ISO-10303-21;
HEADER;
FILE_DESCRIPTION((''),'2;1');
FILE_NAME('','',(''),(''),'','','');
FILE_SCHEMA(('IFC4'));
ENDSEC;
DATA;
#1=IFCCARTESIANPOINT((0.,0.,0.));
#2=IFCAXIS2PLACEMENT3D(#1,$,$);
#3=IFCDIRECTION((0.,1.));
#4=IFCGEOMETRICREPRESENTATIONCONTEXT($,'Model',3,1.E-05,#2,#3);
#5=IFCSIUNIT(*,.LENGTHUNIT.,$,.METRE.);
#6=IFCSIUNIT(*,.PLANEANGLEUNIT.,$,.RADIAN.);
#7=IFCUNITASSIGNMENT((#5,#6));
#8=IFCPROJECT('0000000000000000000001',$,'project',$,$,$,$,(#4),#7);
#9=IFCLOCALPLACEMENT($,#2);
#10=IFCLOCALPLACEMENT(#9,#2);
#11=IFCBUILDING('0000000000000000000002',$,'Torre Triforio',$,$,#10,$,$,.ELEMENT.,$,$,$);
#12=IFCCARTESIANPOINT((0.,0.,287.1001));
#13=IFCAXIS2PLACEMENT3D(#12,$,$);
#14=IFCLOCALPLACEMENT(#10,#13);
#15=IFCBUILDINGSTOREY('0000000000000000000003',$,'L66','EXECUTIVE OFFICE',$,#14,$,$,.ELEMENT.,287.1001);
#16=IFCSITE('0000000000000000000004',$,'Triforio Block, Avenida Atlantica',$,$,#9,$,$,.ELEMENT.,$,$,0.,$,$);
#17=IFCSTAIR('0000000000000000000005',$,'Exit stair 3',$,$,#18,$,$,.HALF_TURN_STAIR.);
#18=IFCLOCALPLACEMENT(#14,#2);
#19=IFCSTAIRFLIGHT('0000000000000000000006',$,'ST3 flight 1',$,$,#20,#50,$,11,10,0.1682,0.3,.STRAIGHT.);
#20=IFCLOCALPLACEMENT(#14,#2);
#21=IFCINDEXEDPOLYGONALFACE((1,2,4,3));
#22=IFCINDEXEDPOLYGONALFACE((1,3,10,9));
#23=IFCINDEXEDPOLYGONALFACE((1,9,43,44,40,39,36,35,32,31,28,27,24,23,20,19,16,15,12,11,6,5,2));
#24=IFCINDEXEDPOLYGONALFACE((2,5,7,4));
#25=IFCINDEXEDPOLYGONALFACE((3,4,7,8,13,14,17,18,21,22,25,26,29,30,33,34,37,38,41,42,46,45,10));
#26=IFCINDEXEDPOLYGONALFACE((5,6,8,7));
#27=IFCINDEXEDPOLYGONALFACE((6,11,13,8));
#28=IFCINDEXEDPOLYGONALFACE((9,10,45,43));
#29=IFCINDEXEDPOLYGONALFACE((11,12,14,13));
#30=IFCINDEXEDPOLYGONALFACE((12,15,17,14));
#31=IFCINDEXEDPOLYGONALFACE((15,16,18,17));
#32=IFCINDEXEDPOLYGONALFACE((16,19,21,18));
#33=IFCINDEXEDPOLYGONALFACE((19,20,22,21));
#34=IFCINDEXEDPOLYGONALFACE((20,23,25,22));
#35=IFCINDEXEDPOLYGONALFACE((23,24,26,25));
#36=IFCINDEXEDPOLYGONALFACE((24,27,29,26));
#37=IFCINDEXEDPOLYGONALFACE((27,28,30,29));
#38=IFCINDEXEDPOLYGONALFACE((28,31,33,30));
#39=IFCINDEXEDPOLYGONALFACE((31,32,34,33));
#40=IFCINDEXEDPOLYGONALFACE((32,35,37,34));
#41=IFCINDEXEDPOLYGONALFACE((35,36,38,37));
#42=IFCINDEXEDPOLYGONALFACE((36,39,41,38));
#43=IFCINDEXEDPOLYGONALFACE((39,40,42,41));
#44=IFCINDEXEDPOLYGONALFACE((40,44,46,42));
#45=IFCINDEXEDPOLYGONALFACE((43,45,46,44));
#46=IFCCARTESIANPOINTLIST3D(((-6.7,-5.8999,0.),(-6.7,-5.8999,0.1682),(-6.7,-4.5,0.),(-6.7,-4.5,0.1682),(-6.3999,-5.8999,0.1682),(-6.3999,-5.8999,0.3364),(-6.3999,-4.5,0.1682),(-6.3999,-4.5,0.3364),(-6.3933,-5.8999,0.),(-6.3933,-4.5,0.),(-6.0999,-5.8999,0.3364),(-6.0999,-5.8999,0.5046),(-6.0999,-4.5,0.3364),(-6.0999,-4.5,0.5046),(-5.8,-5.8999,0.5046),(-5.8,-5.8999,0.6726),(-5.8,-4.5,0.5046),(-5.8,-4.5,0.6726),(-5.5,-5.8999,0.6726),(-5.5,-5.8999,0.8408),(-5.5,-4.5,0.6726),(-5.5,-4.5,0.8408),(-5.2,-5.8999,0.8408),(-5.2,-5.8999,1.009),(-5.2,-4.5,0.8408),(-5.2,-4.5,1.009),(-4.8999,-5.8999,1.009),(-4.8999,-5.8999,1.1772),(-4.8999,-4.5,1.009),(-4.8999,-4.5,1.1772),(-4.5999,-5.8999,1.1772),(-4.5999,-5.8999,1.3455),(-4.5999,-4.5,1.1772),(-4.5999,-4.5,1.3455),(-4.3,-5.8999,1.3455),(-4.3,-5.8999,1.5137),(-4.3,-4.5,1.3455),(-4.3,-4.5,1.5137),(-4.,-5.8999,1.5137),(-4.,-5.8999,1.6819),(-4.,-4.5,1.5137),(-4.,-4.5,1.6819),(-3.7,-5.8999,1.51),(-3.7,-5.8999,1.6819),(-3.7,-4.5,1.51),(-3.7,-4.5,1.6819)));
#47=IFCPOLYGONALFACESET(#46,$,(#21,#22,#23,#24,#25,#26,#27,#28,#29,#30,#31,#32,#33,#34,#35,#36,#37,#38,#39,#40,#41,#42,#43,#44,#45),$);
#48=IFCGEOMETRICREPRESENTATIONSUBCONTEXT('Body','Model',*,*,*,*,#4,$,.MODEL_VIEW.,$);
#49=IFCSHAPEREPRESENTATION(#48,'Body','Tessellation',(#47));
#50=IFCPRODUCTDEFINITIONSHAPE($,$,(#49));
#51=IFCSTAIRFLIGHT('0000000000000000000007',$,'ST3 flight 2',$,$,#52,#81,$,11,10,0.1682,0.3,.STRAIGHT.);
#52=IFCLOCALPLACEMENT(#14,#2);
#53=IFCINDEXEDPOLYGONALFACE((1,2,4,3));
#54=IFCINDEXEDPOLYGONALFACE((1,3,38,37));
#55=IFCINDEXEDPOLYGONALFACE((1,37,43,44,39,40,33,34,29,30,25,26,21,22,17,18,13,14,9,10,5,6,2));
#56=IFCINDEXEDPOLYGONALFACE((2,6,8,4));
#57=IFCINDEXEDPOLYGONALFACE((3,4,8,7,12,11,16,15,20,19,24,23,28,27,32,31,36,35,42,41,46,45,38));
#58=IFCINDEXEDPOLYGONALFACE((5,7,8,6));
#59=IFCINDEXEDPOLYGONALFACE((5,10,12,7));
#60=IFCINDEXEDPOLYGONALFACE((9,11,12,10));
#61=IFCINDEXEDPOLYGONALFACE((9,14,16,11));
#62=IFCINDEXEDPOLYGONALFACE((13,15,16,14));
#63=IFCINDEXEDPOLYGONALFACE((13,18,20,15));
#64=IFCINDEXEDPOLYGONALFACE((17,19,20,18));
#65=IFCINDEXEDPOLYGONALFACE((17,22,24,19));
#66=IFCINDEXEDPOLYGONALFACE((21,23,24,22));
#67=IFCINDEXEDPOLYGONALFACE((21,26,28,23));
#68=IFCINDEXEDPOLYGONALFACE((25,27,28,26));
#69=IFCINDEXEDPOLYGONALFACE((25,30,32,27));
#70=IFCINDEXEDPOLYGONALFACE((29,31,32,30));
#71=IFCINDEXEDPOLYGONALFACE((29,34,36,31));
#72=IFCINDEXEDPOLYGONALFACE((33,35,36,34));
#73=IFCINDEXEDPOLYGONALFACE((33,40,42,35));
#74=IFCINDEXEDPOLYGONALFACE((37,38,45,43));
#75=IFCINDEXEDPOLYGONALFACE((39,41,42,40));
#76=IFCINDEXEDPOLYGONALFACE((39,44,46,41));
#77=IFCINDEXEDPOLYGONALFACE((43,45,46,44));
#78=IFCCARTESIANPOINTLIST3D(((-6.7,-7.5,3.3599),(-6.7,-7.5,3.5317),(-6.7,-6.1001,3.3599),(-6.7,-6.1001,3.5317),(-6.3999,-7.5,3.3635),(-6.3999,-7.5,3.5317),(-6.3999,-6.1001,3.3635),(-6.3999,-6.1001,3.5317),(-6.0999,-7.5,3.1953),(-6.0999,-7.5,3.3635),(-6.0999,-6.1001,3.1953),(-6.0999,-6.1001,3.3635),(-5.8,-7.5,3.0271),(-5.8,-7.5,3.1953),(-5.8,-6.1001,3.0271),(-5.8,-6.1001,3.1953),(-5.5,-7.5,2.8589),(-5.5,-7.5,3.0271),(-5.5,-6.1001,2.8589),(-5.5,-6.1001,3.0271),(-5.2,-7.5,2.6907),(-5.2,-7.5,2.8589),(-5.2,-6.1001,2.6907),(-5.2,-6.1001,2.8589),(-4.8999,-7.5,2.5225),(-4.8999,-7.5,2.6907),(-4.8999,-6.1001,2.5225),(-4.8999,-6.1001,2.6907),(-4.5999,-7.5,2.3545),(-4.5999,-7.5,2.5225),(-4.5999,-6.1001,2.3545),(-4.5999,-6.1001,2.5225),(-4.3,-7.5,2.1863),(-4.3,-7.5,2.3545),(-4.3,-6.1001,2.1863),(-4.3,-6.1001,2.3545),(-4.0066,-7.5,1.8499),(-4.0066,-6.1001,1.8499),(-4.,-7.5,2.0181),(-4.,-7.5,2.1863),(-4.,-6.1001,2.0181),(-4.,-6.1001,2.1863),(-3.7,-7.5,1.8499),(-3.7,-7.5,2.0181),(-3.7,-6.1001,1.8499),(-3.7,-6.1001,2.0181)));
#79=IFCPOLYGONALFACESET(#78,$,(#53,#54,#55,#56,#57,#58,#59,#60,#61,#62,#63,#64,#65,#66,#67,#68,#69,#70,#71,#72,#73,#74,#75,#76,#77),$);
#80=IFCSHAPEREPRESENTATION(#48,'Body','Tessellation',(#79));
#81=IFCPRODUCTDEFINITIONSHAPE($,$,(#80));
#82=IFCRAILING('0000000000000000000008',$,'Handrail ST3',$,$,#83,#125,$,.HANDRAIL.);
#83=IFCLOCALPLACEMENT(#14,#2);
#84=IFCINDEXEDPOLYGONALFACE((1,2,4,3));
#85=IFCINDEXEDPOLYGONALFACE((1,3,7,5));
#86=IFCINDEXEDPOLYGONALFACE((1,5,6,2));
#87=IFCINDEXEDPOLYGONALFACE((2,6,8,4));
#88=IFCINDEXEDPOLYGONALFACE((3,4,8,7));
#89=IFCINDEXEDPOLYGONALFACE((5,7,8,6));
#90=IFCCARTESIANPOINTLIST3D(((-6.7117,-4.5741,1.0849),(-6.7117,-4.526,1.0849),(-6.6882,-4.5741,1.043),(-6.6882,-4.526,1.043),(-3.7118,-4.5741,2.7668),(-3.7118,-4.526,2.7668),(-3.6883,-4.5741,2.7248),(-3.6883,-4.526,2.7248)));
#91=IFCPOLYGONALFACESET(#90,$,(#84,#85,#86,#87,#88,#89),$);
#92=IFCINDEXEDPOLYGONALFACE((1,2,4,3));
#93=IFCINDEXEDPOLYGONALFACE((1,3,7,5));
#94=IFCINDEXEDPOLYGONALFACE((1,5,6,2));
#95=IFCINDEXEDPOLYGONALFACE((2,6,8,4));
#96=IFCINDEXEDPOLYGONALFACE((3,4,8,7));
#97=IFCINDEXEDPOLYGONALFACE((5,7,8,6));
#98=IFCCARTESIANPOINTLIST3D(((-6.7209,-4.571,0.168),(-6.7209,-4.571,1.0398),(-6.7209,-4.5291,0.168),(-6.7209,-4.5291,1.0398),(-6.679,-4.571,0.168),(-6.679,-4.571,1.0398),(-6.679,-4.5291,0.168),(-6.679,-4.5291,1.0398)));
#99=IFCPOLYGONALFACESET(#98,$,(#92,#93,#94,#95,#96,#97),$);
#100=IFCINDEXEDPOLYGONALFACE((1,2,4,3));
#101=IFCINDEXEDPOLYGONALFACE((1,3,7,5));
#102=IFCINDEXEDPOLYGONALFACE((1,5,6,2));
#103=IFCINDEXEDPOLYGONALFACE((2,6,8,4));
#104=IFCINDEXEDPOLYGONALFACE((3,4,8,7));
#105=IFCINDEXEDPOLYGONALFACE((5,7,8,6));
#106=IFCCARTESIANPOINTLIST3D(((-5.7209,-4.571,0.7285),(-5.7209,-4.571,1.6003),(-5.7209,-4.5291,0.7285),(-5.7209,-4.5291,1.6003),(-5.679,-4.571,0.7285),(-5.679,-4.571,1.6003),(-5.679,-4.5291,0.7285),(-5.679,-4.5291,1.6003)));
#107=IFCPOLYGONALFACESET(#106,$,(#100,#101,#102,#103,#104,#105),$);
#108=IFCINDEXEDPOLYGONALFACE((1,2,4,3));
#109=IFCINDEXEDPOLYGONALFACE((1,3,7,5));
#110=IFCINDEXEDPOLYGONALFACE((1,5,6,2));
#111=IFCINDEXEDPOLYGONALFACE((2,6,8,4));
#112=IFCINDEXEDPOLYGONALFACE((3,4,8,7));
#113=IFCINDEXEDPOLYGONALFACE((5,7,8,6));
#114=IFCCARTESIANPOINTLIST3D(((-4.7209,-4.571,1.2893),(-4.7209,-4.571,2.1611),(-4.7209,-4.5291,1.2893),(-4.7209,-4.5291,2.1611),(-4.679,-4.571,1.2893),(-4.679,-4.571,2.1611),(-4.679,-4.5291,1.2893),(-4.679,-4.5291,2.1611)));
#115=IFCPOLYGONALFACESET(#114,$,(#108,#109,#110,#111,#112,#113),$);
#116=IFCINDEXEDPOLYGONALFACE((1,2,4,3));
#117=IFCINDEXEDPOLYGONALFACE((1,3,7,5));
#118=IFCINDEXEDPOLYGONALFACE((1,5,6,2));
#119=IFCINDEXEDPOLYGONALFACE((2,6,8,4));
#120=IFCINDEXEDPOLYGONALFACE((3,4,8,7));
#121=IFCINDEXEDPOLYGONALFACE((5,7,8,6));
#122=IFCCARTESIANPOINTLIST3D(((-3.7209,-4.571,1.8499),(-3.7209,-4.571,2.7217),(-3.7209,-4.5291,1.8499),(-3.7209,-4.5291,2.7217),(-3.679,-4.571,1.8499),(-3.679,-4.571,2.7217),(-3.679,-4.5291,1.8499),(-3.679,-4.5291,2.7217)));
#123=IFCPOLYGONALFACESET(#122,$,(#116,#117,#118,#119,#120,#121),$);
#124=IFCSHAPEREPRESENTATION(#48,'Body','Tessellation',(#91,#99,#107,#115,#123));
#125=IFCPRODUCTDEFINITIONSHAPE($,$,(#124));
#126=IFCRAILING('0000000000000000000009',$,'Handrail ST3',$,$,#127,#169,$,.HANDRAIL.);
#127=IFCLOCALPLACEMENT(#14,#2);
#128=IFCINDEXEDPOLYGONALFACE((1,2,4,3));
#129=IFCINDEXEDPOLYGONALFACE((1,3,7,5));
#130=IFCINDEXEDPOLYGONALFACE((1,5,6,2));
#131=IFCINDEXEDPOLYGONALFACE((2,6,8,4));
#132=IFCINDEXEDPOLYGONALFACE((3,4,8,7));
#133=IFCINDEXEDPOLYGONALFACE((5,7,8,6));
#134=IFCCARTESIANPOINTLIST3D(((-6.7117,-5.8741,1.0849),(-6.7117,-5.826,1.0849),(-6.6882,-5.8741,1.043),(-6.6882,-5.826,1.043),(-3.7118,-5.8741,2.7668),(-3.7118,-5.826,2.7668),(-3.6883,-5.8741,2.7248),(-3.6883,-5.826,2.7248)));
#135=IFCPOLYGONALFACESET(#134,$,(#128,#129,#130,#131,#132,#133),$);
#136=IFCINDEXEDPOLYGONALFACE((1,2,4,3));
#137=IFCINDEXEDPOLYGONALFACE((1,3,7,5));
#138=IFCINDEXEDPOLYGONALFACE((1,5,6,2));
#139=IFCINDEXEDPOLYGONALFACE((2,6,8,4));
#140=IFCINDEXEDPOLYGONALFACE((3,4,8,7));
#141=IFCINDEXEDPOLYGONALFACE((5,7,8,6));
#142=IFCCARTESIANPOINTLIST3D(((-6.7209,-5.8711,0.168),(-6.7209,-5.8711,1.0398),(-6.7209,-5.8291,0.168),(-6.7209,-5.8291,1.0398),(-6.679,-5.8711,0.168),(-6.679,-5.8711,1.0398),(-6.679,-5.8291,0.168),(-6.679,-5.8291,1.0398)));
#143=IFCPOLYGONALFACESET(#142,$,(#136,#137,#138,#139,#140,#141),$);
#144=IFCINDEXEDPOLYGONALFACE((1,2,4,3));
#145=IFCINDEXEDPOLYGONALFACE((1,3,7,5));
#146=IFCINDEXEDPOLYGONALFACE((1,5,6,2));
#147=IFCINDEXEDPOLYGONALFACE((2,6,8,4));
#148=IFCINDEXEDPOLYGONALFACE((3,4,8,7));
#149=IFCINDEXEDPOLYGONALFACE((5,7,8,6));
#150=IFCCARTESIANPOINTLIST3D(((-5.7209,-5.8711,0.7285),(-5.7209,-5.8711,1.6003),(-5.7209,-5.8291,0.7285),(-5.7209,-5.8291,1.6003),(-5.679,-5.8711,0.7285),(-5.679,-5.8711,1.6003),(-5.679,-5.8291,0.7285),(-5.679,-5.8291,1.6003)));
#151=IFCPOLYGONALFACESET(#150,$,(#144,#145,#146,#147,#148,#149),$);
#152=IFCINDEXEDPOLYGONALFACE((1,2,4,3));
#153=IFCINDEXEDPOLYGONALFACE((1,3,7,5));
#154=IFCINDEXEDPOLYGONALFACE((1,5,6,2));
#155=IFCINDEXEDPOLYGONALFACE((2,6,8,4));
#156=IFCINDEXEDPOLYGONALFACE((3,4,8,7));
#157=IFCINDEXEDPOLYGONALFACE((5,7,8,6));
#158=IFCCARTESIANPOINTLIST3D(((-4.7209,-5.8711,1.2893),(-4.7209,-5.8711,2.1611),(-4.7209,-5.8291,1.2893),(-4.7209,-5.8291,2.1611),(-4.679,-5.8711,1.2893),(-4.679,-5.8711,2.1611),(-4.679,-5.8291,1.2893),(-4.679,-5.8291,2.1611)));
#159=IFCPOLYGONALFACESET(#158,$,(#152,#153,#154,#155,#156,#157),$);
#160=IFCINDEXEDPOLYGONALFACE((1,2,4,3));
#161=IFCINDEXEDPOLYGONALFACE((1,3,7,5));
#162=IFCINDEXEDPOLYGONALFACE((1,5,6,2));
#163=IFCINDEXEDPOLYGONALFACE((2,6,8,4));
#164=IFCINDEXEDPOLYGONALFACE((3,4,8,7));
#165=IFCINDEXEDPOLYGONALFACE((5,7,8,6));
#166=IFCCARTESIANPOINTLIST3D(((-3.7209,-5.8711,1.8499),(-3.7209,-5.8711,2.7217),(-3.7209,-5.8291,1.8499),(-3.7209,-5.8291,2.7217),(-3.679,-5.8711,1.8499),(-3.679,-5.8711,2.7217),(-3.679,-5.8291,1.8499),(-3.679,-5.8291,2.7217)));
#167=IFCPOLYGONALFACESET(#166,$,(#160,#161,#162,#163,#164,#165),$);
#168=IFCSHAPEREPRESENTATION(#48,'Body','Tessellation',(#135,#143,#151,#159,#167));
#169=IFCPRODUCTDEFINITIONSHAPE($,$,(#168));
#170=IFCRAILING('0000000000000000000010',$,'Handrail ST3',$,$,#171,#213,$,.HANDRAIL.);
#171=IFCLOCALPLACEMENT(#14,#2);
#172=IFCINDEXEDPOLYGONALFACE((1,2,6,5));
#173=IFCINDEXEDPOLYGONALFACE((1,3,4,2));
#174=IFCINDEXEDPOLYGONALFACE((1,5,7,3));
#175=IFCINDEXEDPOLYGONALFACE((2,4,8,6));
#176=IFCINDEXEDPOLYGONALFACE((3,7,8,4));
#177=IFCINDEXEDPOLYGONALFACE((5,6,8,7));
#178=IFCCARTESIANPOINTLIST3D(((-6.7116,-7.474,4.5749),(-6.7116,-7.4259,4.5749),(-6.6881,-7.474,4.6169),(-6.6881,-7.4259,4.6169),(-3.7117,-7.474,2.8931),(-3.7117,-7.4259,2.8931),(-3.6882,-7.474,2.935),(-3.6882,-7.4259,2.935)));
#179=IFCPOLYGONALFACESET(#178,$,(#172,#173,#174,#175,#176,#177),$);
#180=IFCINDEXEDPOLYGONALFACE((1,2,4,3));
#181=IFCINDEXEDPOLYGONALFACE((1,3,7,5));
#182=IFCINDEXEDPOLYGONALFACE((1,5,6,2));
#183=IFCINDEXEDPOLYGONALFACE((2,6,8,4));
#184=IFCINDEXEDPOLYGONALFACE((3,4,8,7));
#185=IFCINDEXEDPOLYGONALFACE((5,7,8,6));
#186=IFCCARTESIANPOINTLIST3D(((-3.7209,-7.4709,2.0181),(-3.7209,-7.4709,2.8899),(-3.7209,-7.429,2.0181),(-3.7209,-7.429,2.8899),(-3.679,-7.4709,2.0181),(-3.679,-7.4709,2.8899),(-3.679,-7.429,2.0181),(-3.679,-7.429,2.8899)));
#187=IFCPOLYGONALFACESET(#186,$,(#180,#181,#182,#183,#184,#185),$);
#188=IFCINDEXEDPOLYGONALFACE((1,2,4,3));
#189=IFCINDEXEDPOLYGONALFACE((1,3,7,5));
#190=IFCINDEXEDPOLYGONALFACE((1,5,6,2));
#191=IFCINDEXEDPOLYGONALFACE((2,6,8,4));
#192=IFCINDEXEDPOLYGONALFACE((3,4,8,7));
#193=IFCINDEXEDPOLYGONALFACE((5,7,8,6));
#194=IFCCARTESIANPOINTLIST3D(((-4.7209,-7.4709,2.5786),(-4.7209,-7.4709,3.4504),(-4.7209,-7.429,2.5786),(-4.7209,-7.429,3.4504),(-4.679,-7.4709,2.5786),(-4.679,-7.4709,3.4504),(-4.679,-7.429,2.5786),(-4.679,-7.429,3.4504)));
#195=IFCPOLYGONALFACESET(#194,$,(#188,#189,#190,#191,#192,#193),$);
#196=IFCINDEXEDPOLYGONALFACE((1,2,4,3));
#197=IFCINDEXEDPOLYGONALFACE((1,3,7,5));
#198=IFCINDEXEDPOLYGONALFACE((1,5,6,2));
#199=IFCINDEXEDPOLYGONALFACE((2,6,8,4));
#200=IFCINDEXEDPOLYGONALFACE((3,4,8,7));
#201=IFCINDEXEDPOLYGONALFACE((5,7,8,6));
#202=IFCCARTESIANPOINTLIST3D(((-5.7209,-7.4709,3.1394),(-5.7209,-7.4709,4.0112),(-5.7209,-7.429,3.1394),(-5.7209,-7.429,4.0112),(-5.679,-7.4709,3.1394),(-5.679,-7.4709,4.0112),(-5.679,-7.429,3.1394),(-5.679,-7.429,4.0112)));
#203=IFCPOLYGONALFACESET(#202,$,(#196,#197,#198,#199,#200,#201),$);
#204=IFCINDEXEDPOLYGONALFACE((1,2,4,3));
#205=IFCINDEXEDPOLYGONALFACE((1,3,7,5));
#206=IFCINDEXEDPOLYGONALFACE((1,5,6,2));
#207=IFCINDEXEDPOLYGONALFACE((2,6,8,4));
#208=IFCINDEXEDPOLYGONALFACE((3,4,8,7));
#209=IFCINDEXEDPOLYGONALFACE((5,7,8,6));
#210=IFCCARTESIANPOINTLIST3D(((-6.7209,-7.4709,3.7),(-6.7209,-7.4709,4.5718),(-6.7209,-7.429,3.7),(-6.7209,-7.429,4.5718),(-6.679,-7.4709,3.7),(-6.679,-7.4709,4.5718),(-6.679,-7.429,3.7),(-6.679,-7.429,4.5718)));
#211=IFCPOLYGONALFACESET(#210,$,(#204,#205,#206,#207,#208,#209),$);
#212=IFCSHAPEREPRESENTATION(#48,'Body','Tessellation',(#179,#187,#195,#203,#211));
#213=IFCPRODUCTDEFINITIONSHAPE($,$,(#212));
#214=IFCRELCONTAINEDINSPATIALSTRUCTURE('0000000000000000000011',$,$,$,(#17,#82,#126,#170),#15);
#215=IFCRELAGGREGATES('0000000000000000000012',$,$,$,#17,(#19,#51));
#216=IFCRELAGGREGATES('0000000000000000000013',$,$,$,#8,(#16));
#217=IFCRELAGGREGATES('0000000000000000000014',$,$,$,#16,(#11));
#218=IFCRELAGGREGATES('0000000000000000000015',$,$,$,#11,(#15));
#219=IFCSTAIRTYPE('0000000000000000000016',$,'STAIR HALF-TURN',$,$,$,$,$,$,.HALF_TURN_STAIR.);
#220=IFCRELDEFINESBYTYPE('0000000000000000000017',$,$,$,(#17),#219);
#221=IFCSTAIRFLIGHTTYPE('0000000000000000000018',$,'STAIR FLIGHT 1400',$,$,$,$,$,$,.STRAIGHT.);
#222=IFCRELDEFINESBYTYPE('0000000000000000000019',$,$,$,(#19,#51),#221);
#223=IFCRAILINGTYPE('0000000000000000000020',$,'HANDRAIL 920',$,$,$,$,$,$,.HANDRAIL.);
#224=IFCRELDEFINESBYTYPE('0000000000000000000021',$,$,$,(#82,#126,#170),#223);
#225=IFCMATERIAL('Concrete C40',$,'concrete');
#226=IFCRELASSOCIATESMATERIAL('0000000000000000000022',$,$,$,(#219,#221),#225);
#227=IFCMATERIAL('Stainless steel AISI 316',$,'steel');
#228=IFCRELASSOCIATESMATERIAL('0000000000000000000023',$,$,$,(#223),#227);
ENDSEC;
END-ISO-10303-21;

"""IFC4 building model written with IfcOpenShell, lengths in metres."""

from ifc_helpers import new_model, si_unit, direction, frame, origin, origin_2d, place, context, subcontext, project, spatial, polyline, rectangle, outline, extrude, material, type_object, element, aggregate, save


model = new_model("IFC4")

# Units and contexts
model_context = context("Model", 3, precision=1e-05, world=origin(), true_north=direction((0.0, 1.0)))
body_context = subcontext(model_context, "Body", "Model", "MODEL_VIEW")
ifc_project = project(units=[si_unit("LENGTHUNIT", "METRE"), si_unit("PLANEANGLEUNIT", "RADIAN")], contexts=[model_context])

# Site, building, storey
site_placement = place(None, origin())
site = spatial("IfcSite", under=ifc_project, at=site_placement, Name="Triforio Block, Avenida Atlantica", CompositionType="ELEMENT", RefElevation=0.0)
building_placement = place(site_placement, origin())
building = spatial("IfcBuilding", under=site, at=building_placement, Name="Torre Triforio", CompositionType="ELEMENT")
storey_placement = place(building_placement, frame((0.0, 0.0, 287.1001)))
storey = spatial("IfcBuildingStorey", under=building, at=storey_placement, Name="L66", Description="EXECUTIVE OFFICE", CompositionType="ELEMENT", Elevation=287.1001)

# Shared definitions
ifc_material_1 = material(Name="Concrete C40", Category="concrete")

# Stair, stair flights
stair_type = type_object("IfcStairType", Name="STAIR HALF-TURN", PredefinedType="HALF_TURN_STAIR", material=ifc_material_1)
stair_placement = place(storey_placement, origin())
stair = element("IfcStair", 1, at=stair_placement, inside=storey, type_object=stair_type, Name="Exit stair 3", PredefinedType="HALF_TURN_STAIR")
stair_flight_type = type_object("IfcStairFlightType", Name="STAIR FLIGHT 1400", PredefinedType="STRAIGHT", material=ifc_material_1)
stair_flight_1_placement = place(storey_placement, frame((-6.7, -5.2, 0.0), z_axis=(0.0, 0.0, 1.0), x_axis=(1.0, 0.0, 0.0)))
stair_flight_1 = element("IfcStairFlight", 2, at=stair_flight_1_placement, type_object=stair_flight_type, Name="ST3 flight 1", NumberOfRisers=11, NumberOfTreads=10, PredefinedType="STRAIGHT", RiserHeight=0.1682, TreadLength=0.3, context=body_context, shape_type="SweptSolid", body=[
    extrude(outline(polyline([(0.0, 0.0), (0.0, 0.1682), (0.3, 0.1682), (0.3, 0.3364), (0.6001, 0.3364), (0.6001, 0.5046), (0.8999, 0.5046), (0.8999, 0.6726), (1.2, 0.6726), (1.2, 0.8408), (1.5, 0.8408), (1.5, 1.009), (1.8, 1.009), (1.8, 1.1772), (2.1001, 1.1772), (2.1001, 1.3455), (2.3999, 1.3455), (2.3999, 1.5137), (2.7, 1.5137), (2.7, 1.6819), (3.0, 1.6819), (3.0, 1.8501), (3.0, 1.51), (0.3066, 0.0), (0.0, 0.0)])), frame((0.0, 0.7, 0.0), z_axis=(0.0, -1.0, 0.0), x_axis=(1.0, 0.0, 0.0)), (0.0, 0.0, 1.0), 1.3999),
])
stair_flight_2_placement = place(storey_placement, frame((-3.7, -6.8, 1.8499), z_axis=(0.0, 0.0, 1.0), x_axis=(-1.0, 0.0, 0.0)))
stair_flight_2 = element("IfcStairFlight", 3, at=stair_flight_2_placement, type_object=stair_flight_type, Name="ST3 flight 2", NumberOfRisers=11, NumberOfTreads=10, PredefinedType="STRAIGHT", RiserHeight=0.1682, TreadLength=0.3, context=body_context, shape_type="SweptSolid", body=[
    extrude(outline(polyline([(0.0, 0.0), (0.0, 0.1682), (0.3, 0.1682), (0.3, 0.3364), (0.6001, 0.3364), (0.6001, 0.5046), (0.8999, 0.5046), (0.8999, 0.6726), (1.2, 0.6726), (1.2, 0.8408), (1.5, 0.8408), (1.5, 1.009), (1.8, 1.009), (1.8, 1.1772), (2.1001, 1.1772), (2.1001, 1.3455), (2.3999, 1.3455), (2.3999, 1.5137), (2.7, 1.5137), (2.7, 1.6819), (3.0, 1.6819), (3.0, 1.8501), (3.0, 1.51), (0.3066, 0.0), (0.0, 0.0)])), frame((0.0, 0.7, 0.0), z_axis=(0.0, -1.0, 0.0), x_axis=(1.0, 0.0, 0.0)), (0.0, 0.0, 1.0), 1.3999),
])
aggregate(stair, [stair_flight_1, stair_flight_2])

# Railings
ifc_material_2 = material(Name="Stainless steel AISI 316", Category="steel")
railing_type = type_object("IfcRailingType", Name="HANDRAIL 920", PredefinedType="HANDRAIL", material=ifc_material_2)
for number, where, name in (
    (4, (-6.7, -4.55, 0.168), "Handrail ST3"),
    (5, (-6.7, -5.8501, 0.168), "Handrail ST3"),
):
    element("IfcRailing", number, at=place(storey_placement, frame(where)), inside=storey, type_object=railing_type, Name=name, PredefinedType="HANDRAIL", context=body_context, shape_type="SweptSolid", body=[
        extrude(rectangle(XDim=0.0481, YDim=0.0481, at=origin_2d()), frame((0.0, 0.0, 0.896), z_axis=(0.872272, 0.0, 0.48902), x_axis=(0.0, 1.0, 0.0)), (0.0, 0.0, 1.0), 3.4392),
        extrude(rectangle(XDim=0.042, YDim=0.042, at=origin_2d()), origin(), (0.0, 0.0, 1.0), 0.8718),
        extrude(rectangle(XDim=0.042, YDim=0.042, at=origin_2d()), frame((1.0, 0.0, 0.5605)), (0.0, 0.0, 1.0), 0.8718),
        extrude(rectangle(XDim=0.042, YDim=0.042, at=origin_2d()), frame((2.0, 0.0, 1.1213)), (0.0, 0.0, 1.0), 0.8718),
        extrude(rectangle(XDim=0.042, YDim=0.042, at=origin_2d()), frame((3.0, 0.0, 1.6819)), (0.0, 0.0, 1.0), 0.8718),
    ])
for number, where, name in (
    (6, (-3.7, -7.45, 2.0181), "Handrail ST3"),
):
    element("IfcRailing", number, at=place(storey_placement, frame(where)), inside=storey, type_object=railing_type, Name=name, PredefinedType="HANDRAIL", context=body_context, shape_type="SweptSolid", body=[
        extrude(rectangle(XDim=0.0481, YDim=0.0481, at=origin_2d()), frame((0.0, 0.0, 0.896), z_axis=(-0.872272, 0.0, 0.48902), x_axis=(0.0, -1.0, 0.0)), (0.0, 0.0, 1.0), 3.4392),
        extrude(rectangle(XDim=0.042, YDim=0.042, at=origin_2d()), origin(), (0.0, 0.0, 1.0), 0.8718),
        extrude(rectangle(XDim=0.042, YDim=0.042, at=origin_2d()), frame((-1.0, 0.0, 0.5605)), (0.0, 0.0, 1.0), 0.8718),
        extrude(rectangle(XDim=0.042, YDim=0.042, at=origin_2d()), frame((-2.0, 0.0, 1.1213)), (0.0, 0.0, 1.0), 0.8718),
        extrude(rectangle(XDim=0.042, YDim=0.042, at=origin_2d()), frame((-3.0, 0.0, 1.6819)), (0.0, 0.0, 1.0), 0.8718),
    ])

save(model, "model.ifc")
